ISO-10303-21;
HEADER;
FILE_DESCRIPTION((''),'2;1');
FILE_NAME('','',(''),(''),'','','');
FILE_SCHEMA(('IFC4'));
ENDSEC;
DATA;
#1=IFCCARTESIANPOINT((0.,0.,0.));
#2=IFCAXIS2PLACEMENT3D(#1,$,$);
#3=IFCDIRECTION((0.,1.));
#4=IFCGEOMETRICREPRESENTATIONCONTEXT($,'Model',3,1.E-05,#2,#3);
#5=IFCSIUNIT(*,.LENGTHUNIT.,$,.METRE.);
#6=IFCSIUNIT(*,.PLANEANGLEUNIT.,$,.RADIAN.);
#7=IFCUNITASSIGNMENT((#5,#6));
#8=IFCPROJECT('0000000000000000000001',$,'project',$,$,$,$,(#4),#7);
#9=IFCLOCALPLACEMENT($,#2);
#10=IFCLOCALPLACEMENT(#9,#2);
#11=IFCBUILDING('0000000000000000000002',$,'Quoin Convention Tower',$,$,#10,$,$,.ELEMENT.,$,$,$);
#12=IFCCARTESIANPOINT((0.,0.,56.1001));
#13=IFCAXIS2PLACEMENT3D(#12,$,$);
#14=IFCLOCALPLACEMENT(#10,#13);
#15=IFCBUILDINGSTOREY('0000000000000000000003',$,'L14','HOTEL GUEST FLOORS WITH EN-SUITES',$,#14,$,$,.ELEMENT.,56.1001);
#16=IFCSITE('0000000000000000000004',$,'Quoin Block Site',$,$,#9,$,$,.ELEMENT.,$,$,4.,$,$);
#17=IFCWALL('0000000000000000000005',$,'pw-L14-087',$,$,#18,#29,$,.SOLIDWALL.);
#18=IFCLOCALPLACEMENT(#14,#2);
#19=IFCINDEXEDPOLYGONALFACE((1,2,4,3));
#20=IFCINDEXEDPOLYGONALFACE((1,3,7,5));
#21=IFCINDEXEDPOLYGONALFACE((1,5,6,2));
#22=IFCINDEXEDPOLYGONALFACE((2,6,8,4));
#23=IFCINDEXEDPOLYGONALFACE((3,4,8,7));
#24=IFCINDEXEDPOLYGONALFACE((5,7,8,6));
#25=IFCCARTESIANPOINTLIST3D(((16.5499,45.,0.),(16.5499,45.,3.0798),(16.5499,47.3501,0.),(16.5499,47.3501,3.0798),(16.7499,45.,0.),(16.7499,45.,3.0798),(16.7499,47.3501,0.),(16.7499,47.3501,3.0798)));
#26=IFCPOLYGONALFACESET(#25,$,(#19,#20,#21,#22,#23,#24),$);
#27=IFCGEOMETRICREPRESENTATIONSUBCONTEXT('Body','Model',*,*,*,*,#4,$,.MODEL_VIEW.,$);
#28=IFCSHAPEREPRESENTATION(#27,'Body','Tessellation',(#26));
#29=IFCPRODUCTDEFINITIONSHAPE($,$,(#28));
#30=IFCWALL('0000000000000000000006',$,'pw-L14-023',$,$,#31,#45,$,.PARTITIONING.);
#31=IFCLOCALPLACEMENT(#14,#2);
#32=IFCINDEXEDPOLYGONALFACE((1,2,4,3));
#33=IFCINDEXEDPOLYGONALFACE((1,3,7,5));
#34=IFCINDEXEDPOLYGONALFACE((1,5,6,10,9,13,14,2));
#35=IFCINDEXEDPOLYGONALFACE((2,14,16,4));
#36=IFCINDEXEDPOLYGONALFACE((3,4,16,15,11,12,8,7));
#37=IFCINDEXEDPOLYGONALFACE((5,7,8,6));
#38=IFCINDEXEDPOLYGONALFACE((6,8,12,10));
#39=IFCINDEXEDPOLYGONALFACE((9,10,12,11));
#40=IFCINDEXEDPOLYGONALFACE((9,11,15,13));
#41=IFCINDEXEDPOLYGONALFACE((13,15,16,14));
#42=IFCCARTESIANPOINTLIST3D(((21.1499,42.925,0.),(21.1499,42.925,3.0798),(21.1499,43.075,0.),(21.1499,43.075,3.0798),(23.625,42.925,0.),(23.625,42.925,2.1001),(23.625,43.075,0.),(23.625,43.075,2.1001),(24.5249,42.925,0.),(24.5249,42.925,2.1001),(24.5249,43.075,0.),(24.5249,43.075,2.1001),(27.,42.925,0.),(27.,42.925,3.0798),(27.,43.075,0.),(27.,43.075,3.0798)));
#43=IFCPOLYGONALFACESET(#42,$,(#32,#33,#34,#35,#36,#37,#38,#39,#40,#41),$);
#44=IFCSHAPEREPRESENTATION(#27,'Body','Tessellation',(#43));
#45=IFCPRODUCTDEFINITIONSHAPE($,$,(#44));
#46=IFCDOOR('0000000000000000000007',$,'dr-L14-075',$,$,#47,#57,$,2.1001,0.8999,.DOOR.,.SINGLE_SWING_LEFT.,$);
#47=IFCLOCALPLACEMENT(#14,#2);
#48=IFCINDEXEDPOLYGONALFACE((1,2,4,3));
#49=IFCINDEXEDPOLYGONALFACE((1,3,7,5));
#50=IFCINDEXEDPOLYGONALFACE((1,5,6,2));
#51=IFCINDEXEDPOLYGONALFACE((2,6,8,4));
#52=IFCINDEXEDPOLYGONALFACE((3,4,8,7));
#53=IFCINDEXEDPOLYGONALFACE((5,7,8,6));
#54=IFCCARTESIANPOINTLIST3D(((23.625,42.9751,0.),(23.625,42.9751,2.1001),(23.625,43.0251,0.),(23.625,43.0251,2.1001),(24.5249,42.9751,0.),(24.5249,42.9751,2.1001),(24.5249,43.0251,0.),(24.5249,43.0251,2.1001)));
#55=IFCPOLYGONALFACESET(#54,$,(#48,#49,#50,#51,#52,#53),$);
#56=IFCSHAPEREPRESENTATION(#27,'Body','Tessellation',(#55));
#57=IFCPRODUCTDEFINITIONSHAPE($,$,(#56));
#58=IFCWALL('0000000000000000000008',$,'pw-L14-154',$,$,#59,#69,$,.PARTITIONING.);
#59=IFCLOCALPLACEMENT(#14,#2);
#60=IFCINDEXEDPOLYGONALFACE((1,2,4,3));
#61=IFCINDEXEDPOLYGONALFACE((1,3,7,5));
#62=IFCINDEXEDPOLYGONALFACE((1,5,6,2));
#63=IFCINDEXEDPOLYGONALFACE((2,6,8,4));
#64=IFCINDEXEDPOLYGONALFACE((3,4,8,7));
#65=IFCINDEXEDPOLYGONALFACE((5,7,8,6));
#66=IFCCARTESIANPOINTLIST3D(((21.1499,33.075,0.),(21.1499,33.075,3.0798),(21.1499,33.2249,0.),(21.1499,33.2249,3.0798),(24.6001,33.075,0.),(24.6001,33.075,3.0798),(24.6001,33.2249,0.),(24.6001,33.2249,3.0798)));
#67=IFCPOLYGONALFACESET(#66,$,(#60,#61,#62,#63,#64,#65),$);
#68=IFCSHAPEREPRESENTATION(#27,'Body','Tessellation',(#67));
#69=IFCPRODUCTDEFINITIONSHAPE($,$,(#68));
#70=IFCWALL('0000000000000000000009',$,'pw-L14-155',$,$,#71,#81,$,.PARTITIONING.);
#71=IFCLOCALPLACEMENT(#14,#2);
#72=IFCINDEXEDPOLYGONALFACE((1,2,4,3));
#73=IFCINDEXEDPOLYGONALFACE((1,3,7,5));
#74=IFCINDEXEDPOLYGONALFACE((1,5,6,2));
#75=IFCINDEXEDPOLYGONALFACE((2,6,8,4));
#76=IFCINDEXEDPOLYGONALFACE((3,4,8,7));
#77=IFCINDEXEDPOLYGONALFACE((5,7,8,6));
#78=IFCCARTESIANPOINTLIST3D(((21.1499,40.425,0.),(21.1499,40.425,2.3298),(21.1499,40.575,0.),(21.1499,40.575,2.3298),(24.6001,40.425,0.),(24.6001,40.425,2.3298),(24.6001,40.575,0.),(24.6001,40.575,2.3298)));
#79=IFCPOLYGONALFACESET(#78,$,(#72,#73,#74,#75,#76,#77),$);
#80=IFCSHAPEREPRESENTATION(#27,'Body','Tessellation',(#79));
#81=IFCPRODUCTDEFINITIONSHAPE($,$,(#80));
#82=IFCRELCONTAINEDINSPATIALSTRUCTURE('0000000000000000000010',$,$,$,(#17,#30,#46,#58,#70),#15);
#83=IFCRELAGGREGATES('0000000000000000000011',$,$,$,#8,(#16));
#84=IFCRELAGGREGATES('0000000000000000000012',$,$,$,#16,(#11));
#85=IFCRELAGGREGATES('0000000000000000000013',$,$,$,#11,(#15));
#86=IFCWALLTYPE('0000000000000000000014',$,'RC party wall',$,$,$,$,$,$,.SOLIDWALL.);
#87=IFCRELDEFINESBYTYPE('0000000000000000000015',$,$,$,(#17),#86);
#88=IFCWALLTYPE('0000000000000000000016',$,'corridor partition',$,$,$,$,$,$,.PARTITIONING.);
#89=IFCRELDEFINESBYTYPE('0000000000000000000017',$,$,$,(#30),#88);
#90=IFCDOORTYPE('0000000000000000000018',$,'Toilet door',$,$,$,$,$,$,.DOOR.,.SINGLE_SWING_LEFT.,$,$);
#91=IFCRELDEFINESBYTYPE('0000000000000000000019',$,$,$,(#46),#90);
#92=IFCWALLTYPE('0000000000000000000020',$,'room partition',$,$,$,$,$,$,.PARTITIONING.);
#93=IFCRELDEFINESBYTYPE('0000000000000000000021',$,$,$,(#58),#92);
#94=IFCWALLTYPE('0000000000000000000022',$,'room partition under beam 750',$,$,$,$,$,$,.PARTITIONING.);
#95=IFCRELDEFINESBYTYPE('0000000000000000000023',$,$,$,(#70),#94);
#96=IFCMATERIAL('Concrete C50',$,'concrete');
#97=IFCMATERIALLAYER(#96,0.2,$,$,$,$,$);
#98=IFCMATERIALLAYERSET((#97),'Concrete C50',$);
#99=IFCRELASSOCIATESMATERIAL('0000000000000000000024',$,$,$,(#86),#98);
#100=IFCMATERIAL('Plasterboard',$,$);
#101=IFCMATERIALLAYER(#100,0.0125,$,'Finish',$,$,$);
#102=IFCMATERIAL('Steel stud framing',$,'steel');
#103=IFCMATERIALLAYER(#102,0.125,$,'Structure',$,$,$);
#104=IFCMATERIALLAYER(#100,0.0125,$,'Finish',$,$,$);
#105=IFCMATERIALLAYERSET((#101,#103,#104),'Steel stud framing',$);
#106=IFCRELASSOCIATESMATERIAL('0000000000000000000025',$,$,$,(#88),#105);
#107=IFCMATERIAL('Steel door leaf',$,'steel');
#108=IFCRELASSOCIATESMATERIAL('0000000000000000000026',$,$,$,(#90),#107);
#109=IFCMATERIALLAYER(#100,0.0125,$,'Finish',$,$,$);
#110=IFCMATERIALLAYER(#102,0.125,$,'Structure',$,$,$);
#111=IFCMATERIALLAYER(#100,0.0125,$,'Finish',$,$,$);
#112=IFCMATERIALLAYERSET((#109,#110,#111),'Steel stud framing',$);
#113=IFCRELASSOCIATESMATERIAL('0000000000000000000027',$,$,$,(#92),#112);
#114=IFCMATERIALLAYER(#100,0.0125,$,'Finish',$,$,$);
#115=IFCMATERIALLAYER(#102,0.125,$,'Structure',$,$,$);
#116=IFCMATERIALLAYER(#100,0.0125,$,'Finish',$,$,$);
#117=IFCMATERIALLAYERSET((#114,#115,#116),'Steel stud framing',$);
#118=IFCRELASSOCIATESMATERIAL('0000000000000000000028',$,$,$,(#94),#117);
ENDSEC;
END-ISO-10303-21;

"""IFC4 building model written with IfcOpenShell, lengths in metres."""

from ifc_helpers import new_model, si_unit, direction, frame, frame_2d, origin, place, context, subcontext, project, spatial, rectangle, extrude, material, layer, layer_set, type_object, element, fill, save


model = new_model("IFC4")

# Units and contexts
model_context = context("Model", 3, precision=1e-05, world=origin(), true_north=direction((0.0, 1.0)))
body_context = subcontext(model_context, "Body", "Model", "MODEL_VIEW")
ifc_project = project(units=[si_unit("LENGTHUNIT", "METRE"), si_unit("PLANEANGLEUNIT", "RADIAN")], contexts=[model_context])

# Site, building, storey
site_placement = place(None, origin())
site = spatial("IfcSite", under=ifc_project, at=site_placement, Name="Quoin Block Site", CompositionType="ELEMENT", RefElevation=4.0)
building_placement = place(site_placement, origin())
building = spatial("IfcBuilding", under=site, at=building_placement, Name="Quoin Convention Tower", CompositionType="ELEMENT")
storey_placement = place(building_placement, frame((0.0, 0.0, 56.1001)))
storey = spatial("IfcBuildingStorey", under=building, at=storey_placement, Name="L14", Description="HOTEL GUEST FLOORS WITH EN-SUITES", CompositionType="ELEMENT", Elevation=56.1001)

# Shared definitions
ifc_material_1 = material(Name="Concrete C50", Category="concrete")
ifc_layer_1 = layer(ifc_material_1, 0.2)
ifc_layer_set_1 = layer_set([ifc_layer_1], Name="Concrete C50")
wall_type_1 = type_object("IfcWallType", Name="RC party wall", PredefinedType="SOLIDWALL", material=ifc_layer_set_1)

# Shared definitions
ifc_material_2 = material(Name="Steel door leaf", Category="steel")

# Wall
wall_1_placement = place(storey_placement, frame((16.6499, 45.0, 0.0), z_axis=(0.0, 0.0, 1.0), x_axis=(0.0, 1.0, 0.0)))
element("IfcWall", 1, at=wall_1_placement, inside=storey, type_object=wall_type_1, Name="pw-L14-087", PredefinedType="SOLIDWALL", context=body_context, shape_type="SweptSolid", body=[
    extrude(rectangle(XDim=2.3501, YDim=0.2, at=frame_2d((1.175, 0.0))), origin(), (0.0, 0.0, 1.0), 3.0798),
])

# Wall, opening, door
ifc_material_3 = material(Name="Plasterboard")
ifc_layer_2 = layer(ifc_material_3, 0.0125, Name="Finish")
ifc_material_4 = material(Name="Steel stud framing", Category="steel")
ifc_layer_3 = layer(ifc_material_4, 0.125, Name="Structure")
ifc_layer_4 = layer(ifc_material_3, 0.0125, Name="Finish")
ifc_layer_set_2 = layer_set([ifc_layer_2, ifc_layer_3, ifc_layer_4], Name="Steel stud framing")
wall_type_2 = type_object("IfcWallType", Name="corridor partition", PredefinedType="PARTITIONING", material=ifc_layer_set_2)
wall_2_placement = place(storey_placement, frame((21.1499, 43.0, 0.0), z_axis=(0.0, 0.0, 1.0), x_axis=(1.0, 0.0, 0.0)))
wall_2 = element("IfcWall", 2, at=wall_2_placement, inside=storey, type_object=wall_type_2, Name="pw-L14-023", PredefinedType="PARTITIONING", context=body_context, shape_type="SweptSolid", body=[
    extrude(rectangle(XDim=5.8501, YDim=0.1499, at=frame_2d((2.925, 0.0))), origin(), (0.0, 0.0, 1.0), 3.0798),
])
opening_1_placement = place(wall_2_placement, frame((2.4751, 0.0, 0.0)))
opening_1 = element("IfcOpeningElement", 3, at=opening_1_placement, cuts=wall_2, PredefinedType="OPENING", context=body_context, shape_type="SweptSolid", body=[
    extrude(rectangle(XDim=0.8999, YDim=2.1001, at=frame_2d((0.45, 1.05))), frame((0.0, 0.085, 0.0), z_axis=(0.0, -1.0, 0.0), x_axis=(1.0, 0.0, 0.0)), (0.0, 0.0, 1.0), 0.1699),
])
door_type_1 = type_object("IfcDoorType", Name="Toilet door", OperationType="SINGLE_SWING_LEFT", PredefinedType="DOOR", material=ifc_material_2)
door_1_placement = place(opening_1_placement, frame((0.8999, 0.0, 0.0), z_axis=(0.0, 0.0, 1.0), x_axis=(-1.0, 0.0, 0.0)))
door_1 = element("IfcDoor", 4, at=door_1_placement, inside=storey, type_object=door_type_1, Name="dr-L14-075", OperationType="SINGLE_SWING_LEFT", OverallHeight=2.1001, OverallWidth=0.8999, PredefinedType="DOOR", context=body_context, shape_type="SweptSolid", body=[
    extrude(rectangle(XDim=0.8999, YDim=2.1001, at=frame_2d((0.45, 1.05))), frame((0.0, 0.0249, 0.0), z_axis=(0.0, -1.0, 0.0), x_axis=(1.0, 0.0, 0.0)), (0.0, 0.0, 1.0), 0.05),
])
fill(opening_1, door_1)

# Walls
ifc_layer_5 = layer(ifc_material_3, 0.0125, Name="Finish")
ifc_layer_6 = layer(ifc_material_4, 0.125, Name="Structure")
ifc_layer_7 = layer(ifc_material_3, 0.0125, Name="Finish")
ifc_layer_set_3 = layer_set([ifc_layer_5, ifc_layer_6, ifc_layer_7], Name="Steel stud framing")
wall_type_3 = type_object("IfcWallType", Name="room partition", PredefinedType="PARTITIONING", material=ifc_layer_set_3)
wall_3_placement = place(storey_placement, frame((21.1499, 33.1499, 0.0), z_axis=(0.0, 0.0, 1.0), x_axis=(1.0, 0.0, 0.0)))
element("IfcWall", 5, at=wall_3_placement, inside=storey, type_object=wall_type_3, Name="pw-L14-154", PredefinedType="PARTITIONING", context=body_context, shape_type="SweptSolid", body=[
    extrude(rectangle(XDim=3.4502, YDim=0.1499, at=frame_2d((1.7251, 0.0))), origin(), (0.0, 0.0, 1.0), 3.0798),
])
ifc_layer_8 = layer(ifc_material_3, 0.0125, Name="Finish")
ifc_layer_9 = layer(ifc_material_4, 0.125, Name="Structure")
ifc_layer_10 = layer(ifc_material_3, 0.0125, Name="Finish")
ifc_layer_set_4 = layer_set([ifc_layer_8, ifc_layer_9, ifc_layer_10], Name="Steel stud framing")
wall_type_4 = type_object("IfcWallType", Name="room partition under beam 750", PredefinedType="PARTITIONING", material=ifc_layer_set_4)
wall_4_placement = place(storey_placement, frame((21.1499, 40.5, 0.0), z_axis=(0.0, 0.0, 1.0), x_axis=(1.0, 0.0, 0.0)))
element("IfcWall", 6, at=wall_4_placement, inside=storey, type_object=wall_type_4, Name="pw-L14-155", PredefinedType="PARTITIONING", context=body_context, shape_type="SweptSolid", body=[
    extrude(rectangle(XDim=3.4502, YDim=0.1499, at=frame_2d((1.7251, 0.0))), origin(), (0.0, 0.0, 1.0), 2.3298),
])

save(model, "model.ifc")
